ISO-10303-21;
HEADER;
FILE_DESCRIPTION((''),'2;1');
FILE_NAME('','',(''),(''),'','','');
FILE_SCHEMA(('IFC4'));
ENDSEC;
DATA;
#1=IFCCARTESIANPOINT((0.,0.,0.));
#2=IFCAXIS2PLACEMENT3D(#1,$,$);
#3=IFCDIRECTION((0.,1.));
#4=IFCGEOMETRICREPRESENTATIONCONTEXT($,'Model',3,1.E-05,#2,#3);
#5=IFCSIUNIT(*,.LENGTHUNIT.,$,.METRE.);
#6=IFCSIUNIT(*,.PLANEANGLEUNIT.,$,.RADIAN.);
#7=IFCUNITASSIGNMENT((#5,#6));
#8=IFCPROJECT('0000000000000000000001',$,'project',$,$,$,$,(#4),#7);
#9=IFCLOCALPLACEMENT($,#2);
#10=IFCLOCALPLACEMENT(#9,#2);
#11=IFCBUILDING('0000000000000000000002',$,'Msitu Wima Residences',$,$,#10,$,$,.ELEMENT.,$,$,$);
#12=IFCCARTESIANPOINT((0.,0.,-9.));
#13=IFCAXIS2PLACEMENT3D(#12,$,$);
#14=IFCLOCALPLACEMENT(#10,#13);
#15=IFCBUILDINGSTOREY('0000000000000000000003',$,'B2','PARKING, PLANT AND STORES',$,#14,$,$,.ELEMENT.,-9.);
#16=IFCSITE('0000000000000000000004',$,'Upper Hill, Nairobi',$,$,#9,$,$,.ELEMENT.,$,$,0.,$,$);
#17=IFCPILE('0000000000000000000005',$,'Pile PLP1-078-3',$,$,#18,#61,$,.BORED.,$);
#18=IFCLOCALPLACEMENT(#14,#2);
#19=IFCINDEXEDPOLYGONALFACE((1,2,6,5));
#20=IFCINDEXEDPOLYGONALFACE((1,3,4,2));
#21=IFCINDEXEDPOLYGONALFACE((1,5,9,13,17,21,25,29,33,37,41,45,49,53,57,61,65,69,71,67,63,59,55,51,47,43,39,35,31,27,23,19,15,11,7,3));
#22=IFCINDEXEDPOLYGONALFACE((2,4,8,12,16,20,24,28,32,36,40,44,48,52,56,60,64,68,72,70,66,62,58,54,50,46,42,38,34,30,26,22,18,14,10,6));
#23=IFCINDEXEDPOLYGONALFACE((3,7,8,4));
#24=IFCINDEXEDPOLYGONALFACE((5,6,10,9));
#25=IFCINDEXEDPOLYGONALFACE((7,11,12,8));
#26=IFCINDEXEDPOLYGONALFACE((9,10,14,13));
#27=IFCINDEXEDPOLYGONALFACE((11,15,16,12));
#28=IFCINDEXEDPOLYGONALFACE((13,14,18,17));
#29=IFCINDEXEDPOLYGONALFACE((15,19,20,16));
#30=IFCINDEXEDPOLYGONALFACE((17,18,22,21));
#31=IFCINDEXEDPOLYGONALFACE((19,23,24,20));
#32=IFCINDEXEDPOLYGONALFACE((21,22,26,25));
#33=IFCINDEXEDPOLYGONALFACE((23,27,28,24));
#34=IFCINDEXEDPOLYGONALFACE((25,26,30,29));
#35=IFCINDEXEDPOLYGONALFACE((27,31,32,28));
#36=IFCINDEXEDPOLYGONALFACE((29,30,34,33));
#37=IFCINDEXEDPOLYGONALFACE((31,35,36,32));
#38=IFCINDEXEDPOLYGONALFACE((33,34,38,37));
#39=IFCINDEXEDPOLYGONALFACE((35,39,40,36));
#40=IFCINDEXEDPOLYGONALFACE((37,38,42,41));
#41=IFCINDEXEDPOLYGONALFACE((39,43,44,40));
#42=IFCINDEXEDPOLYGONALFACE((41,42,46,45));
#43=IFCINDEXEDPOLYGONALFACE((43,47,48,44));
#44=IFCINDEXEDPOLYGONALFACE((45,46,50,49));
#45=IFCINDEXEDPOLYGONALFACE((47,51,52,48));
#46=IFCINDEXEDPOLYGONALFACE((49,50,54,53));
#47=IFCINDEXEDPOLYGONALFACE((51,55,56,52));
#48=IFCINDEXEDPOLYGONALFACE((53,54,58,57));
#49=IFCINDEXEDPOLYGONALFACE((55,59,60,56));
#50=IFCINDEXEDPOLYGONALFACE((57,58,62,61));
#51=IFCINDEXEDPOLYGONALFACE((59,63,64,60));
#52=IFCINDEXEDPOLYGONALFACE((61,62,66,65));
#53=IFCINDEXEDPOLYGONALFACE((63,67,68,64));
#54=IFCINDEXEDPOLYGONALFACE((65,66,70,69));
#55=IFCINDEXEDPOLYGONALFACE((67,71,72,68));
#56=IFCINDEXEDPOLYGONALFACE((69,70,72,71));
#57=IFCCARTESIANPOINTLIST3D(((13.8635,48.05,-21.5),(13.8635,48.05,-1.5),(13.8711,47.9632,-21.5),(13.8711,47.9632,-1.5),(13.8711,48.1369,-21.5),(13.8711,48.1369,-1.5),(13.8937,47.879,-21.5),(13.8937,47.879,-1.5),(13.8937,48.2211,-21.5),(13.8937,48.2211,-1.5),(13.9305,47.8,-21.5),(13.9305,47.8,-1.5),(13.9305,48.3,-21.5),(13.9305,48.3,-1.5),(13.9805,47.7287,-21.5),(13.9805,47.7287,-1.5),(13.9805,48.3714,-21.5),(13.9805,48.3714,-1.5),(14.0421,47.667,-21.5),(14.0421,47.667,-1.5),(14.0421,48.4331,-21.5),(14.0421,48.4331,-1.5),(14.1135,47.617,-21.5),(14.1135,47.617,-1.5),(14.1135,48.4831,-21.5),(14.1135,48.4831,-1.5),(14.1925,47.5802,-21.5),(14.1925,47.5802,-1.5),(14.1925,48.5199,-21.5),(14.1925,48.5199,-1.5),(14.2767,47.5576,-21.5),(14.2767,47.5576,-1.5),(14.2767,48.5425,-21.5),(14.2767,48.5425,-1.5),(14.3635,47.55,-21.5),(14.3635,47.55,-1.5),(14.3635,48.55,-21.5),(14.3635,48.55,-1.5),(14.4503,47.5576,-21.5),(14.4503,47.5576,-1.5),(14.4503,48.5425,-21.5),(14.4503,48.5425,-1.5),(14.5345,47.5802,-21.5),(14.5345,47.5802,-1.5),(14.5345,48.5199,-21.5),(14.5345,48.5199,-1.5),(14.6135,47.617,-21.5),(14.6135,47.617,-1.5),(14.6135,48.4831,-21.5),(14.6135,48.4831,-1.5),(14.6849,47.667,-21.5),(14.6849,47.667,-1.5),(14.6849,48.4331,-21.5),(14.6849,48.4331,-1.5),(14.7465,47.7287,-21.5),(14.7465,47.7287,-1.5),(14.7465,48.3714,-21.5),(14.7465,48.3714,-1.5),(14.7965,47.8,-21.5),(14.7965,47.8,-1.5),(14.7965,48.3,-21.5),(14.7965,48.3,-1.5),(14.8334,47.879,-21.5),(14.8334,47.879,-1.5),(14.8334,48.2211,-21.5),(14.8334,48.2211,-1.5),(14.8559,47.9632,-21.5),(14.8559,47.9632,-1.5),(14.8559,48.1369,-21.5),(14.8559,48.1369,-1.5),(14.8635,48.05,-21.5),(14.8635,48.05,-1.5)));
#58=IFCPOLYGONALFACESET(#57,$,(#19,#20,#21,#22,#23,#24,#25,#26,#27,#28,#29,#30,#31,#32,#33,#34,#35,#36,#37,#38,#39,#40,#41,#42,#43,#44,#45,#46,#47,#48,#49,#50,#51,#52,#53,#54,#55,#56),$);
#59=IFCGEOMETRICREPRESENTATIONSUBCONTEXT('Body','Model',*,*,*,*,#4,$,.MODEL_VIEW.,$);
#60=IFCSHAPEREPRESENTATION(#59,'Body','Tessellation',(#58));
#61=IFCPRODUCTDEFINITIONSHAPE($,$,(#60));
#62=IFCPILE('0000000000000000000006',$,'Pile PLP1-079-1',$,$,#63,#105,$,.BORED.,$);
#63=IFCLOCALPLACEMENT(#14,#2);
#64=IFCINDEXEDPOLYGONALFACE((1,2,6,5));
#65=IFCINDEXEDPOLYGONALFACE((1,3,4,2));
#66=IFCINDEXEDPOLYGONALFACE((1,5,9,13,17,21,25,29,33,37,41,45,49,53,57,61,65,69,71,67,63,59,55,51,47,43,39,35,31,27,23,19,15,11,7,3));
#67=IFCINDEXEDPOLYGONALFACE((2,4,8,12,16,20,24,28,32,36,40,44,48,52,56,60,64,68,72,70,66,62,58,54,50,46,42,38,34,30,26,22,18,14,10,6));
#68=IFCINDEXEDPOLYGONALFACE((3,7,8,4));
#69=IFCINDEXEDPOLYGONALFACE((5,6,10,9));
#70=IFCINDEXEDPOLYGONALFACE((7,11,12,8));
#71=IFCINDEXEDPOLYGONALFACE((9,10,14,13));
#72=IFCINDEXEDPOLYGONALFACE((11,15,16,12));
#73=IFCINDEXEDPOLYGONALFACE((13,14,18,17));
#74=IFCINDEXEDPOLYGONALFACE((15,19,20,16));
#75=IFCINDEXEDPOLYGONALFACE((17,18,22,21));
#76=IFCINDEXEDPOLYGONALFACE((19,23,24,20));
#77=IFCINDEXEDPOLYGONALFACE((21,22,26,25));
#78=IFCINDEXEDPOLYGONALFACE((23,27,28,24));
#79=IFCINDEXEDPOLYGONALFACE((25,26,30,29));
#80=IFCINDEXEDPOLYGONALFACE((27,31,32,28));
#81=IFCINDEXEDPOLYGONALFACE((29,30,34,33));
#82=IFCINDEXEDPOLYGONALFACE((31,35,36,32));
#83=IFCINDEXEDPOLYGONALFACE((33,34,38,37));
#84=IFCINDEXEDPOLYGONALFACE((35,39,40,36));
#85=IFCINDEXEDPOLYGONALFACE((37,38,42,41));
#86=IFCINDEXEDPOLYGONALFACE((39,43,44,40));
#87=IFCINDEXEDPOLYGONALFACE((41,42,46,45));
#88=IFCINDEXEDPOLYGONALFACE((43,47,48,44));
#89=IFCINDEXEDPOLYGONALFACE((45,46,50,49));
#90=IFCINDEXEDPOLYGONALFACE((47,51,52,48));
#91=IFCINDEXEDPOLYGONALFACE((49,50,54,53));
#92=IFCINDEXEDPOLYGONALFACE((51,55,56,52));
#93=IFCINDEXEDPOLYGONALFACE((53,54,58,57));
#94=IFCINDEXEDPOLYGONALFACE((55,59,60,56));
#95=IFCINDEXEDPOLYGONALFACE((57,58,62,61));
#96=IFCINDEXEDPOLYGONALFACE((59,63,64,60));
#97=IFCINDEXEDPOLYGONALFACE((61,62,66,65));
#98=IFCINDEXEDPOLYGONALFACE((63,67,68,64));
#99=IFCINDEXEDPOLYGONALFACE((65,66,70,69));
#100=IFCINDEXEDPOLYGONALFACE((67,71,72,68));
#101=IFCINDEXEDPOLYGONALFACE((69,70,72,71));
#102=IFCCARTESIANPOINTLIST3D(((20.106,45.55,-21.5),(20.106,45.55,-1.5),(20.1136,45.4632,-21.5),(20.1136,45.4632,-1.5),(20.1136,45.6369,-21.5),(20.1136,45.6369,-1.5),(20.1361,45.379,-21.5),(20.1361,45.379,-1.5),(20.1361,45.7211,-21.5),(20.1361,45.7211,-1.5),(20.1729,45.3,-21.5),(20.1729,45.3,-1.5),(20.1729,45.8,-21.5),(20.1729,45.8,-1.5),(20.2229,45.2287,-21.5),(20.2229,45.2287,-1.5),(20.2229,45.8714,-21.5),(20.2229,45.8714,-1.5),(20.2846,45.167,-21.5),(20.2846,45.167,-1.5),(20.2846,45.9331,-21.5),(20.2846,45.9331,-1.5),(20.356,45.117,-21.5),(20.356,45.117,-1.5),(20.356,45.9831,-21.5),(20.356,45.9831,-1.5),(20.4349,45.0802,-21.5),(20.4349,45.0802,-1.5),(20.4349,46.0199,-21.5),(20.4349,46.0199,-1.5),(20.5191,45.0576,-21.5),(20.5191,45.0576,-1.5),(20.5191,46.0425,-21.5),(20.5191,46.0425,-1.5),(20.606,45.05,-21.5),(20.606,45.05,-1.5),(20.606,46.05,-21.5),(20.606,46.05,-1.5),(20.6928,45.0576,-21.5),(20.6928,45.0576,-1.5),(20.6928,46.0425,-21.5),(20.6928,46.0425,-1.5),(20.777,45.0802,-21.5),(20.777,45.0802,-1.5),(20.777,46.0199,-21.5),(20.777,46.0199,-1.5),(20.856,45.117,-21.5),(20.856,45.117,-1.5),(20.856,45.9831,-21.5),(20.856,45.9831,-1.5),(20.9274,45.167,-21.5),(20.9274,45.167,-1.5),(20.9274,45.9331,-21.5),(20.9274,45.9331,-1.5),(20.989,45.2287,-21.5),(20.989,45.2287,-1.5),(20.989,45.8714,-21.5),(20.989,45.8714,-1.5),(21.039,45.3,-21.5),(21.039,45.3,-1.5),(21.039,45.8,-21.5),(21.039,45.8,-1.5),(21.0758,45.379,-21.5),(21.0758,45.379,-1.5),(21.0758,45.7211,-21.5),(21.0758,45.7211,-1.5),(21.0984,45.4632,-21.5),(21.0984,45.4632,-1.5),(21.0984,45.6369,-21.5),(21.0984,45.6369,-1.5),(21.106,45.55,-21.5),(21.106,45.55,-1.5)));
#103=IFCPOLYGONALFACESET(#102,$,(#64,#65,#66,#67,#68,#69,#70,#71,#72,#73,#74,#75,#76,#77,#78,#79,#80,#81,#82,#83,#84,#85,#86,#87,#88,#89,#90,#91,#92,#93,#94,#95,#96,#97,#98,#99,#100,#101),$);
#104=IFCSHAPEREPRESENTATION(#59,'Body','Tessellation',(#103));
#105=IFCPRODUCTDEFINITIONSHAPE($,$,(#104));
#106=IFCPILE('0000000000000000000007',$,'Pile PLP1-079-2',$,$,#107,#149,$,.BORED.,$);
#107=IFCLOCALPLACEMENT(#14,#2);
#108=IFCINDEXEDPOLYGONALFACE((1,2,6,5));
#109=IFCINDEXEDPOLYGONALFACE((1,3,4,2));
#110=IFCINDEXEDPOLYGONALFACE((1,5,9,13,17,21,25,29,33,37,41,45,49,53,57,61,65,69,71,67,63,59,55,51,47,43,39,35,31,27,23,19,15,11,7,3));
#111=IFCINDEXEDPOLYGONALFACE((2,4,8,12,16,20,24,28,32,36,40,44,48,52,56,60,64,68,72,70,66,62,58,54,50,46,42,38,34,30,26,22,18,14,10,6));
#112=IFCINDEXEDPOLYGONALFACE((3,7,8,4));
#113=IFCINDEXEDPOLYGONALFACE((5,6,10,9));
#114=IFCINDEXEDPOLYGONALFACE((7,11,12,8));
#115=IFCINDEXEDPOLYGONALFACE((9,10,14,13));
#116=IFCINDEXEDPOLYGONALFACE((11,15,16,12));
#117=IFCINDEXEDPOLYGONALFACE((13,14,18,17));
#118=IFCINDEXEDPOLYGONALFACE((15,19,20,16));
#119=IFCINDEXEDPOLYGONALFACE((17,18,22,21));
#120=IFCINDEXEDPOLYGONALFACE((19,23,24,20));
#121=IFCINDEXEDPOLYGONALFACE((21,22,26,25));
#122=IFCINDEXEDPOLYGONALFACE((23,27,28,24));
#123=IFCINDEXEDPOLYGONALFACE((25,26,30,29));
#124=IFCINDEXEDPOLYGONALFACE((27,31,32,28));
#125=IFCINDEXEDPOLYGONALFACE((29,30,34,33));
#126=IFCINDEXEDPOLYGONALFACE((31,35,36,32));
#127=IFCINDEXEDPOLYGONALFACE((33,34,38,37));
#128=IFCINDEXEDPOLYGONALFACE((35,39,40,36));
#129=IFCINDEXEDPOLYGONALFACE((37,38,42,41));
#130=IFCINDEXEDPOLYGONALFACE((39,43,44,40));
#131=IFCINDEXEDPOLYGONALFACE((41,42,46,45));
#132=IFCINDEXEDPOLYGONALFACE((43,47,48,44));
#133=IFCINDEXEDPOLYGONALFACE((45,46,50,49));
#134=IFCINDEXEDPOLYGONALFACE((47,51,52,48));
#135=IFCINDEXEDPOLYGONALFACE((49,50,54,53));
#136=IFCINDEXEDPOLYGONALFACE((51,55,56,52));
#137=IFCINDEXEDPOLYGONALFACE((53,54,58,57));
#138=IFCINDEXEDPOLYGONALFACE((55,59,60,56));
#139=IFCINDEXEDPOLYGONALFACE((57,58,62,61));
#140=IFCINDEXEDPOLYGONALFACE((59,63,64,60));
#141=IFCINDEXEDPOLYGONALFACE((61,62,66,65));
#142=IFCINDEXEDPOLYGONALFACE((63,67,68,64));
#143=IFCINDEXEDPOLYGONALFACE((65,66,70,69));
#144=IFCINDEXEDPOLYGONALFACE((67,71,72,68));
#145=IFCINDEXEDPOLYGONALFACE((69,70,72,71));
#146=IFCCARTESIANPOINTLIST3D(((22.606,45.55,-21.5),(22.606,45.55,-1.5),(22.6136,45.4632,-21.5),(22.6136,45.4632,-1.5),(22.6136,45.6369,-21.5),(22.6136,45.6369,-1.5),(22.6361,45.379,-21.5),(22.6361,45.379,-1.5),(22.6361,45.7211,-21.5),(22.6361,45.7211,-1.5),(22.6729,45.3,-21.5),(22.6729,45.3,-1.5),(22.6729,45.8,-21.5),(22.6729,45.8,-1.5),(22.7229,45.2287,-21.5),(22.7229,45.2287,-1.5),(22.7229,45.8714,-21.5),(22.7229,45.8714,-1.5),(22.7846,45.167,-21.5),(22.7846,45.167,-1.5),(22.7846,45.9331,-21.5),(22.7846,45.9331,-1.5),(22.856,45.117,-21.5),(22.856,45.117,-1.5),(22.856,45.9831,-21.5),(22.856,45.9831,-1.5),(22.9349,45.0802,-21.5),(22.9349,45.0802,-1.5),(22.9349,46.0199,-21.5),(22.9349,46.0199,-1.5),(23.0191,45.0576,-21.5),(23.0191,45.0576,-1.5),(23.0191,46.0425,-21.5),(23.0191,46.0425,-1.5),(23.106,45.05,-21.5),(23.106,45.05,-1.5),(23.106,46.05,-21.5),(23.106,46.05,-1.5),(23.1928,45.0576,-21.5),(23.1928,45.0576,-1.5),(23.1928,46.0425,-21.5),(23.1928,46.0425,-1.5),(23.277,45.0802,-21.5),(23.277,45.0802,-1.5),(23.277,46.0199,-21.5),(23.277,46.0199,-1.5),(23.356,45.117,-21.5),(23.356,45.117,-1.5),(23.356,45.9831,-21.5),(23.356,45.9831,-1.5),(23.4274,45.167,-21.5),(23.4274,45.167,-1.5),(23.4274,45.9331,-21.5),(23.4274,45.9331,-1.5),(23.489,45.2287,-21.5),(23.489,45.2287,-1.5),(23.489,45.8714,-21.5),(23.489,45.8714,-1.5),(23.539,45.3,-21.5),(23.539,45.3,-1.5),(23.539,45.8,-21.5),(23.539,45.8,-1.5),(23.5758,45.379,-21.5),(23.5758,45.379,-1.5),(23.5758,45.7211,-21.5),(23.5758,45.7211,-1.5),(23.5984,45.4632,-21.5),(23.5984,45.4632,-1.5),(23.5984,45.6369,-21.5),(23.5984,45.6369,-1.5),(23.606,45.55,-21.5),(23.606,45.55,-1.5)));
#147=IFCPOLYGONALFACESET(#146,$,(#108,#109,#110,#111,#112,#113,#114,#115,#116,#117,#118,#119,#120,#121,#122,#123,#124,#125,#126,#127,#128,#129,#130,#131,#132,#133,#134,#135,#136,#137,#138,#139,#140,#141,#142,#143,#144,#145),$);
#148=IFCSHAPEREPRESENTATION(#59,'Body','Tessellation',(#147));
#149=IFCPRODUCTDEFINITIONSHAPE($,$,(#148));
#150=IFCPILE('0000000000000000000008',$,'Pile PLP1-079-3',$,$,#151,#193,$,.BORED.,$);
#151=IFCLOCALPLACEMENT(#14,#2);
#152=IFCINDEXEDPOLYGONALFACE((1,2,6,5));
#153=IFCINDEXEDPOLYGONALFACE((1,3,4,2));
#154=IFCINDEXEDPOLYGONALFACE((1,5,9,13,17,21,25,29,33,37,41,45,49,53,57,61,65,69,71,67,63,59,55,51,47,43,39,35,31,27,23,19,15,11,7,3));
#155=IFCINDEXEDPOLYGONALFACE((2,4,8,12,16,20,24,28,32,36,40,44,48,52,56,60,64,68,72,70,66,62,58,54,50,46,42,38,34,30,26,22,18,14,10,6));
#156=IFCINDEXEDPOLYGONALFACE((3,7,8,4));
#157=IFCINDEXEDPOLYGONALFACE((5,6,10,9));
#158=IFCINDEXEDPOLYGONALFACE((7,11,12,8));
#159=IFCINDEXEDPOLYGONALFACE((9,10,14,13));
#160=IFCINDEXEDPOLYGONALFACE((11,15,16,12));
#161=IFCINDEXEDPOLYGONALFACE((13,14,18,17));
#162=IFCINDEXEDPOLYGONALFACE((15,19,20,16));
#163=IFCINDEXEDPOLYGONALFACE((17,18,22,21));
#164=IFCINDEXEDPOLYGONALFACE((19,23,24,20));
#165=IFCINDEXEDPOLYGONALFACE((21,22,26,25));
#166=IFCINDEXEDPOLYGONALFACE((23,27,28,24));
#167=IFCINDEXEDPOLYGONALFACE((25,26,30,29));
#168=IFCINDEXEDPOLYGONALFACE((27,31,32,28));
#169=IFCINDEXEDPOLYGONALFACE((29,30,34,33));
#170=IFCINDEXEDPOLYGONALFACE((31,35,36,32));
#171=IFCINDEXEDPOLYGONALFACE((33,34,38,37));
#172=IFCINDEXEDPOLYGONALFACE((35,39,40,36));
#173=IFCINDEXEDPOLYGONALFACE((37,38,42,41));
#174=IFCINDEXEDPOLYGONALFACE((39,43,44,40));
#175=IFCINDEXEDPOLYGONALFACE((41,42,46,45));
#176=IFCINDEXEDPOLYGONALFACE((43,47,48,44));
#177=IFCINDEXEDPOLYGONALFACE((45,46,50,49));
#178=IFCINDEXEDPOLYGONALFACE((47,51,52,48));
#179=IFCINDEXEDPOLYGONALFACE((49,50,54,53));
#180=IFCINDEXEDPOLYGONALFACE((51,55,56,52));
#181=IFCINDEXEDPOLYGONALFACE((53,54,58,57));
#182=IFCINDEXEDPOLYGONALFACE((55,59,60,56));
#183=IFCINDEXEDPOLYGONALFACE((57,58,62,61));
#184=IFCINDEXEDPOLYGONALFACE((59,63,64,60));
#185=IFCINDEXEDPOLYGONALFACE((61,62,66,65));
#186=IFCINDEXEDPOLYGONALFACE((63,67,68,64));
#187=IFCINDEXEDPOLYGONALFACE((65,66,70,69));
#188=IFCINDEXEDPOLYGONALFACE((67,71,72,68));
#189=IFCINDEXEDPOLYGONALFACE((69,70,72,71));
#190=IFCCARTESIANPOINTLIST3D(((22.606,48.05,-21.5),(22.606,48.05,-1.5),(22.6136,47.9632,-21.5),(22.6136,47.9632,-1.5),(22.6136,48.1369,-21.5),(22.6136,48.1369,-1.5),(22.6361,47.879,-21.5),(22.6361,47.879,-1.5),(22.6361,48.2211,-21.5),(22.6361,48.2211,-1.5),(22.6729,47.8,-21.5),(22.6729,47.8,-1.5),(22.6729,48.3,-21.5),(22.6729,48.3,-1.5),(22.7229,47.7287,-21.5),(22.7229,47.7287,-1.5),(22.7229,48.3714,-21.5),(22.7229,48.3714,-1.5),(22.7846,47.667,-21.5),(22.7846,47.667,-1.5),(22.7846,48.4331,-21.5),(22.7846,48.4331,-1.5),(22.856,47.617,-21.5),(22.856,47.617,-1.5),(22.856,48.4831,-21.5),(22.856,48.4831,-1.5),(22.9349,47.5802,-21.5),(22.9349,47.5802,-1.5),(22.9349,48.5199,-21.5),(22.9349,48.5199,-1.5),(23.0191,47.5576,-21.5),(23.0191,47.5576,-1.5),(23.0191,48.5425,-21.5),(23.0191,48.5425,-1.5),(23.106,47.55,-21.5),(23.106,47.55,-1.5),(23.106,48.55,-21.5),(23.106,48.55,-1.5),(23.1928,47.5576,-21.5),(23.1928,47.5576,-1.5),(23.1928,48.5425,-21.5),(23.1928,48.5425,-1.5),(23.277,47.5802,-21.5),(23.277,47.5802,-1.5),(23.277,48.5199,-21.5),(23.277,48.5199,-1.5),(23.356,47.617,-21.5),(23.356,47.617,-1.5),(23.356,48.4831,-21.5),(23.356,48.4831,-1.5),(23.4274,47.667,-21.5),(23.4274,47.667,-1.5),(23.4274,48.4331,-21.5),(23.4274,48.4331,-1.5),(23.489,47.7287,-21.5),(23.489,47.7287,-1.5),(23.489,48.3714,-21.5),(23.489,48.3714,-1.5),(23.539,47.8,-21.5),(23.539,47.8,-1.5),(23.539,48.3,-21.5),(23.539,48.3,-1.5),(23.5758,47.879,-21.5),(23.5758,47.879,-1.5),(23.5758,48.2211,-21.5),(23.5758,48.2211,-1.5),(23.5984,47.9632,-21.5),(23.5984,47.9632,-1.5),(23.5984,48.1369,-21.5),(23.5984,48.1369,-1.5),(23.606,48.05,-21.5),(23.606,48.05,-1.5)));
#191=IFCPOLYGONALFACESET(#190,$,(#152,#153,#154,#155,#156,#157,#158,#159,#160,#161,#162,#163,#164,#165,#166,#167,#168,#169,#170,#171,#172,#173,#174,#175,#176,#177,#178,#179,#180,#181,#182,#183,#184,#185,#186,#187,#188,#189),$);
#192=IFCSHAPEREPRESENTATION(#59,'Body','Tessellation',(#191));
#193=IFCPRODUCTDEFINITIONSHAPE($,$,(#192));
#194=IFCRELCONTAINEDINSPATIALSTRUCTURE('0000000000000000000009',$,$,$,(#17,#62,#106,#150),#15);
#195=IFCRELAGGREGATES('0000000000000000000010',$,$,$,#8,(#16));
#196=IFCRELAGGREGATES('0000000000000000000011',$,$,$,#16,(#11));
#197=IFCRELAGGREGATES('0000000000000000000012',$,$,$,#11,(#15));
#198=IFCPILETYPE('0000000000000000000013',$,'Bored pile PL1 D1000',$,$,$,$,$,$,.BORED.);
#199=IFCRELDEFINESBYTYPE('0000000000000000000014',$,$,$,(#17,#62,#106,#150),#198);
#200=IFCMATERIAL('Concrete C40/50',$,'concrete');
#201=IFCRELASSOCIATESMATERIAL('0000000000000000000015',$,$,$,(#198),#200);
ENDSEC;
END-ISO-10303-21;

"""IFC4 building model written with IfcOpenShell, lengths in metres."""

from ifc_helpers import new_model, si_unit, direction, frame, origin, origin_2d, place, context, subcontext, project, spatial, circle, extrude, material, type_object, element, save


model = new_model("IFC4")

# Units and contexts
model_context = context("Model", 3, precision=1e-05, world=origin(), true_north=direction((0.0, 1.0)))
body_context = subcontext(model_context, "Body", "Model", "MODEL_VIEW")
ifc_project = project(units=[si_unit("LENGTHUNIT", "METRE"), si_unit("PLANEANGLEUNIT", "RADIAN")], contexts=[model_context])

# Site, building, storey
site_placement = place(None, origin())
site = spatial("IfcSite", under=ifc_project, at=site_placement, Name="Upper Hill, Nairobi", CompositionType="ELEMENT", RefElevation=0.0)
building_placement = place(site_placement, origin())
building = spatial("IfcBuilding", under=site, at=building_placement, Name="Msitu Wima Residences", CompositionType="ELEMENT")
storey_placement = place(building_placement, frame((0.0, 0.0, -9.0)))
storey = spatial("IfcBuildingStorey", under=building, at=storey_placement, Name="B2", Description="PARKING, PLANT AND STORES", CompositionType="ELEMENT", Elevation=-9.0)

# Piles
ifc_material_1 = material(Name="Concrete C40/50", Category="concrete")
pile_type_1 = type_object("IfcPileType", Name="Bored pile PL1 D1000", PredefinedType="BORED", material=ifc_material_1)
for number, where, z_axis, x_axis, name in (
    (1, (14.3635, 48.05, -1.5), (0.0, 0.0, -1.0), (1.0, 0.0, 0.0), "Pile PLP1-078-3"),
    (2, (20.606, 45.55, -1.5), (0.0, 0.0, -1.0), (1.0, 0.0, 0.0), "Pile PLP1-079-1"),
    (3, (23.106, 45.55, -1.5), (0.0, 0.0, -1.0), (1.0, 0.0, 0.0), "Pile PLP1-079-2"),
    (4, (23.106, 48.05, -1.5), (0.0, 0.0, -1.0), (1.0, 0.0, 0.0), "Pile PLP1-079-3"),
):
    element("IfcPile", number, at=place(storey_placement, frame(where, z_axis=z_axis, x_axis=x_axis)), inside=storey, type_object=pile_type_1, Name=name, PredefinedType="BORED", context=body_context, shape_type="SweptSolid", body=[
        extrude(circle(Radius=0.5, at=origin_2d()), origin(), (0.0, 0.0, 1.0), 20.0),
    ])

save(model, "model.ifc")
